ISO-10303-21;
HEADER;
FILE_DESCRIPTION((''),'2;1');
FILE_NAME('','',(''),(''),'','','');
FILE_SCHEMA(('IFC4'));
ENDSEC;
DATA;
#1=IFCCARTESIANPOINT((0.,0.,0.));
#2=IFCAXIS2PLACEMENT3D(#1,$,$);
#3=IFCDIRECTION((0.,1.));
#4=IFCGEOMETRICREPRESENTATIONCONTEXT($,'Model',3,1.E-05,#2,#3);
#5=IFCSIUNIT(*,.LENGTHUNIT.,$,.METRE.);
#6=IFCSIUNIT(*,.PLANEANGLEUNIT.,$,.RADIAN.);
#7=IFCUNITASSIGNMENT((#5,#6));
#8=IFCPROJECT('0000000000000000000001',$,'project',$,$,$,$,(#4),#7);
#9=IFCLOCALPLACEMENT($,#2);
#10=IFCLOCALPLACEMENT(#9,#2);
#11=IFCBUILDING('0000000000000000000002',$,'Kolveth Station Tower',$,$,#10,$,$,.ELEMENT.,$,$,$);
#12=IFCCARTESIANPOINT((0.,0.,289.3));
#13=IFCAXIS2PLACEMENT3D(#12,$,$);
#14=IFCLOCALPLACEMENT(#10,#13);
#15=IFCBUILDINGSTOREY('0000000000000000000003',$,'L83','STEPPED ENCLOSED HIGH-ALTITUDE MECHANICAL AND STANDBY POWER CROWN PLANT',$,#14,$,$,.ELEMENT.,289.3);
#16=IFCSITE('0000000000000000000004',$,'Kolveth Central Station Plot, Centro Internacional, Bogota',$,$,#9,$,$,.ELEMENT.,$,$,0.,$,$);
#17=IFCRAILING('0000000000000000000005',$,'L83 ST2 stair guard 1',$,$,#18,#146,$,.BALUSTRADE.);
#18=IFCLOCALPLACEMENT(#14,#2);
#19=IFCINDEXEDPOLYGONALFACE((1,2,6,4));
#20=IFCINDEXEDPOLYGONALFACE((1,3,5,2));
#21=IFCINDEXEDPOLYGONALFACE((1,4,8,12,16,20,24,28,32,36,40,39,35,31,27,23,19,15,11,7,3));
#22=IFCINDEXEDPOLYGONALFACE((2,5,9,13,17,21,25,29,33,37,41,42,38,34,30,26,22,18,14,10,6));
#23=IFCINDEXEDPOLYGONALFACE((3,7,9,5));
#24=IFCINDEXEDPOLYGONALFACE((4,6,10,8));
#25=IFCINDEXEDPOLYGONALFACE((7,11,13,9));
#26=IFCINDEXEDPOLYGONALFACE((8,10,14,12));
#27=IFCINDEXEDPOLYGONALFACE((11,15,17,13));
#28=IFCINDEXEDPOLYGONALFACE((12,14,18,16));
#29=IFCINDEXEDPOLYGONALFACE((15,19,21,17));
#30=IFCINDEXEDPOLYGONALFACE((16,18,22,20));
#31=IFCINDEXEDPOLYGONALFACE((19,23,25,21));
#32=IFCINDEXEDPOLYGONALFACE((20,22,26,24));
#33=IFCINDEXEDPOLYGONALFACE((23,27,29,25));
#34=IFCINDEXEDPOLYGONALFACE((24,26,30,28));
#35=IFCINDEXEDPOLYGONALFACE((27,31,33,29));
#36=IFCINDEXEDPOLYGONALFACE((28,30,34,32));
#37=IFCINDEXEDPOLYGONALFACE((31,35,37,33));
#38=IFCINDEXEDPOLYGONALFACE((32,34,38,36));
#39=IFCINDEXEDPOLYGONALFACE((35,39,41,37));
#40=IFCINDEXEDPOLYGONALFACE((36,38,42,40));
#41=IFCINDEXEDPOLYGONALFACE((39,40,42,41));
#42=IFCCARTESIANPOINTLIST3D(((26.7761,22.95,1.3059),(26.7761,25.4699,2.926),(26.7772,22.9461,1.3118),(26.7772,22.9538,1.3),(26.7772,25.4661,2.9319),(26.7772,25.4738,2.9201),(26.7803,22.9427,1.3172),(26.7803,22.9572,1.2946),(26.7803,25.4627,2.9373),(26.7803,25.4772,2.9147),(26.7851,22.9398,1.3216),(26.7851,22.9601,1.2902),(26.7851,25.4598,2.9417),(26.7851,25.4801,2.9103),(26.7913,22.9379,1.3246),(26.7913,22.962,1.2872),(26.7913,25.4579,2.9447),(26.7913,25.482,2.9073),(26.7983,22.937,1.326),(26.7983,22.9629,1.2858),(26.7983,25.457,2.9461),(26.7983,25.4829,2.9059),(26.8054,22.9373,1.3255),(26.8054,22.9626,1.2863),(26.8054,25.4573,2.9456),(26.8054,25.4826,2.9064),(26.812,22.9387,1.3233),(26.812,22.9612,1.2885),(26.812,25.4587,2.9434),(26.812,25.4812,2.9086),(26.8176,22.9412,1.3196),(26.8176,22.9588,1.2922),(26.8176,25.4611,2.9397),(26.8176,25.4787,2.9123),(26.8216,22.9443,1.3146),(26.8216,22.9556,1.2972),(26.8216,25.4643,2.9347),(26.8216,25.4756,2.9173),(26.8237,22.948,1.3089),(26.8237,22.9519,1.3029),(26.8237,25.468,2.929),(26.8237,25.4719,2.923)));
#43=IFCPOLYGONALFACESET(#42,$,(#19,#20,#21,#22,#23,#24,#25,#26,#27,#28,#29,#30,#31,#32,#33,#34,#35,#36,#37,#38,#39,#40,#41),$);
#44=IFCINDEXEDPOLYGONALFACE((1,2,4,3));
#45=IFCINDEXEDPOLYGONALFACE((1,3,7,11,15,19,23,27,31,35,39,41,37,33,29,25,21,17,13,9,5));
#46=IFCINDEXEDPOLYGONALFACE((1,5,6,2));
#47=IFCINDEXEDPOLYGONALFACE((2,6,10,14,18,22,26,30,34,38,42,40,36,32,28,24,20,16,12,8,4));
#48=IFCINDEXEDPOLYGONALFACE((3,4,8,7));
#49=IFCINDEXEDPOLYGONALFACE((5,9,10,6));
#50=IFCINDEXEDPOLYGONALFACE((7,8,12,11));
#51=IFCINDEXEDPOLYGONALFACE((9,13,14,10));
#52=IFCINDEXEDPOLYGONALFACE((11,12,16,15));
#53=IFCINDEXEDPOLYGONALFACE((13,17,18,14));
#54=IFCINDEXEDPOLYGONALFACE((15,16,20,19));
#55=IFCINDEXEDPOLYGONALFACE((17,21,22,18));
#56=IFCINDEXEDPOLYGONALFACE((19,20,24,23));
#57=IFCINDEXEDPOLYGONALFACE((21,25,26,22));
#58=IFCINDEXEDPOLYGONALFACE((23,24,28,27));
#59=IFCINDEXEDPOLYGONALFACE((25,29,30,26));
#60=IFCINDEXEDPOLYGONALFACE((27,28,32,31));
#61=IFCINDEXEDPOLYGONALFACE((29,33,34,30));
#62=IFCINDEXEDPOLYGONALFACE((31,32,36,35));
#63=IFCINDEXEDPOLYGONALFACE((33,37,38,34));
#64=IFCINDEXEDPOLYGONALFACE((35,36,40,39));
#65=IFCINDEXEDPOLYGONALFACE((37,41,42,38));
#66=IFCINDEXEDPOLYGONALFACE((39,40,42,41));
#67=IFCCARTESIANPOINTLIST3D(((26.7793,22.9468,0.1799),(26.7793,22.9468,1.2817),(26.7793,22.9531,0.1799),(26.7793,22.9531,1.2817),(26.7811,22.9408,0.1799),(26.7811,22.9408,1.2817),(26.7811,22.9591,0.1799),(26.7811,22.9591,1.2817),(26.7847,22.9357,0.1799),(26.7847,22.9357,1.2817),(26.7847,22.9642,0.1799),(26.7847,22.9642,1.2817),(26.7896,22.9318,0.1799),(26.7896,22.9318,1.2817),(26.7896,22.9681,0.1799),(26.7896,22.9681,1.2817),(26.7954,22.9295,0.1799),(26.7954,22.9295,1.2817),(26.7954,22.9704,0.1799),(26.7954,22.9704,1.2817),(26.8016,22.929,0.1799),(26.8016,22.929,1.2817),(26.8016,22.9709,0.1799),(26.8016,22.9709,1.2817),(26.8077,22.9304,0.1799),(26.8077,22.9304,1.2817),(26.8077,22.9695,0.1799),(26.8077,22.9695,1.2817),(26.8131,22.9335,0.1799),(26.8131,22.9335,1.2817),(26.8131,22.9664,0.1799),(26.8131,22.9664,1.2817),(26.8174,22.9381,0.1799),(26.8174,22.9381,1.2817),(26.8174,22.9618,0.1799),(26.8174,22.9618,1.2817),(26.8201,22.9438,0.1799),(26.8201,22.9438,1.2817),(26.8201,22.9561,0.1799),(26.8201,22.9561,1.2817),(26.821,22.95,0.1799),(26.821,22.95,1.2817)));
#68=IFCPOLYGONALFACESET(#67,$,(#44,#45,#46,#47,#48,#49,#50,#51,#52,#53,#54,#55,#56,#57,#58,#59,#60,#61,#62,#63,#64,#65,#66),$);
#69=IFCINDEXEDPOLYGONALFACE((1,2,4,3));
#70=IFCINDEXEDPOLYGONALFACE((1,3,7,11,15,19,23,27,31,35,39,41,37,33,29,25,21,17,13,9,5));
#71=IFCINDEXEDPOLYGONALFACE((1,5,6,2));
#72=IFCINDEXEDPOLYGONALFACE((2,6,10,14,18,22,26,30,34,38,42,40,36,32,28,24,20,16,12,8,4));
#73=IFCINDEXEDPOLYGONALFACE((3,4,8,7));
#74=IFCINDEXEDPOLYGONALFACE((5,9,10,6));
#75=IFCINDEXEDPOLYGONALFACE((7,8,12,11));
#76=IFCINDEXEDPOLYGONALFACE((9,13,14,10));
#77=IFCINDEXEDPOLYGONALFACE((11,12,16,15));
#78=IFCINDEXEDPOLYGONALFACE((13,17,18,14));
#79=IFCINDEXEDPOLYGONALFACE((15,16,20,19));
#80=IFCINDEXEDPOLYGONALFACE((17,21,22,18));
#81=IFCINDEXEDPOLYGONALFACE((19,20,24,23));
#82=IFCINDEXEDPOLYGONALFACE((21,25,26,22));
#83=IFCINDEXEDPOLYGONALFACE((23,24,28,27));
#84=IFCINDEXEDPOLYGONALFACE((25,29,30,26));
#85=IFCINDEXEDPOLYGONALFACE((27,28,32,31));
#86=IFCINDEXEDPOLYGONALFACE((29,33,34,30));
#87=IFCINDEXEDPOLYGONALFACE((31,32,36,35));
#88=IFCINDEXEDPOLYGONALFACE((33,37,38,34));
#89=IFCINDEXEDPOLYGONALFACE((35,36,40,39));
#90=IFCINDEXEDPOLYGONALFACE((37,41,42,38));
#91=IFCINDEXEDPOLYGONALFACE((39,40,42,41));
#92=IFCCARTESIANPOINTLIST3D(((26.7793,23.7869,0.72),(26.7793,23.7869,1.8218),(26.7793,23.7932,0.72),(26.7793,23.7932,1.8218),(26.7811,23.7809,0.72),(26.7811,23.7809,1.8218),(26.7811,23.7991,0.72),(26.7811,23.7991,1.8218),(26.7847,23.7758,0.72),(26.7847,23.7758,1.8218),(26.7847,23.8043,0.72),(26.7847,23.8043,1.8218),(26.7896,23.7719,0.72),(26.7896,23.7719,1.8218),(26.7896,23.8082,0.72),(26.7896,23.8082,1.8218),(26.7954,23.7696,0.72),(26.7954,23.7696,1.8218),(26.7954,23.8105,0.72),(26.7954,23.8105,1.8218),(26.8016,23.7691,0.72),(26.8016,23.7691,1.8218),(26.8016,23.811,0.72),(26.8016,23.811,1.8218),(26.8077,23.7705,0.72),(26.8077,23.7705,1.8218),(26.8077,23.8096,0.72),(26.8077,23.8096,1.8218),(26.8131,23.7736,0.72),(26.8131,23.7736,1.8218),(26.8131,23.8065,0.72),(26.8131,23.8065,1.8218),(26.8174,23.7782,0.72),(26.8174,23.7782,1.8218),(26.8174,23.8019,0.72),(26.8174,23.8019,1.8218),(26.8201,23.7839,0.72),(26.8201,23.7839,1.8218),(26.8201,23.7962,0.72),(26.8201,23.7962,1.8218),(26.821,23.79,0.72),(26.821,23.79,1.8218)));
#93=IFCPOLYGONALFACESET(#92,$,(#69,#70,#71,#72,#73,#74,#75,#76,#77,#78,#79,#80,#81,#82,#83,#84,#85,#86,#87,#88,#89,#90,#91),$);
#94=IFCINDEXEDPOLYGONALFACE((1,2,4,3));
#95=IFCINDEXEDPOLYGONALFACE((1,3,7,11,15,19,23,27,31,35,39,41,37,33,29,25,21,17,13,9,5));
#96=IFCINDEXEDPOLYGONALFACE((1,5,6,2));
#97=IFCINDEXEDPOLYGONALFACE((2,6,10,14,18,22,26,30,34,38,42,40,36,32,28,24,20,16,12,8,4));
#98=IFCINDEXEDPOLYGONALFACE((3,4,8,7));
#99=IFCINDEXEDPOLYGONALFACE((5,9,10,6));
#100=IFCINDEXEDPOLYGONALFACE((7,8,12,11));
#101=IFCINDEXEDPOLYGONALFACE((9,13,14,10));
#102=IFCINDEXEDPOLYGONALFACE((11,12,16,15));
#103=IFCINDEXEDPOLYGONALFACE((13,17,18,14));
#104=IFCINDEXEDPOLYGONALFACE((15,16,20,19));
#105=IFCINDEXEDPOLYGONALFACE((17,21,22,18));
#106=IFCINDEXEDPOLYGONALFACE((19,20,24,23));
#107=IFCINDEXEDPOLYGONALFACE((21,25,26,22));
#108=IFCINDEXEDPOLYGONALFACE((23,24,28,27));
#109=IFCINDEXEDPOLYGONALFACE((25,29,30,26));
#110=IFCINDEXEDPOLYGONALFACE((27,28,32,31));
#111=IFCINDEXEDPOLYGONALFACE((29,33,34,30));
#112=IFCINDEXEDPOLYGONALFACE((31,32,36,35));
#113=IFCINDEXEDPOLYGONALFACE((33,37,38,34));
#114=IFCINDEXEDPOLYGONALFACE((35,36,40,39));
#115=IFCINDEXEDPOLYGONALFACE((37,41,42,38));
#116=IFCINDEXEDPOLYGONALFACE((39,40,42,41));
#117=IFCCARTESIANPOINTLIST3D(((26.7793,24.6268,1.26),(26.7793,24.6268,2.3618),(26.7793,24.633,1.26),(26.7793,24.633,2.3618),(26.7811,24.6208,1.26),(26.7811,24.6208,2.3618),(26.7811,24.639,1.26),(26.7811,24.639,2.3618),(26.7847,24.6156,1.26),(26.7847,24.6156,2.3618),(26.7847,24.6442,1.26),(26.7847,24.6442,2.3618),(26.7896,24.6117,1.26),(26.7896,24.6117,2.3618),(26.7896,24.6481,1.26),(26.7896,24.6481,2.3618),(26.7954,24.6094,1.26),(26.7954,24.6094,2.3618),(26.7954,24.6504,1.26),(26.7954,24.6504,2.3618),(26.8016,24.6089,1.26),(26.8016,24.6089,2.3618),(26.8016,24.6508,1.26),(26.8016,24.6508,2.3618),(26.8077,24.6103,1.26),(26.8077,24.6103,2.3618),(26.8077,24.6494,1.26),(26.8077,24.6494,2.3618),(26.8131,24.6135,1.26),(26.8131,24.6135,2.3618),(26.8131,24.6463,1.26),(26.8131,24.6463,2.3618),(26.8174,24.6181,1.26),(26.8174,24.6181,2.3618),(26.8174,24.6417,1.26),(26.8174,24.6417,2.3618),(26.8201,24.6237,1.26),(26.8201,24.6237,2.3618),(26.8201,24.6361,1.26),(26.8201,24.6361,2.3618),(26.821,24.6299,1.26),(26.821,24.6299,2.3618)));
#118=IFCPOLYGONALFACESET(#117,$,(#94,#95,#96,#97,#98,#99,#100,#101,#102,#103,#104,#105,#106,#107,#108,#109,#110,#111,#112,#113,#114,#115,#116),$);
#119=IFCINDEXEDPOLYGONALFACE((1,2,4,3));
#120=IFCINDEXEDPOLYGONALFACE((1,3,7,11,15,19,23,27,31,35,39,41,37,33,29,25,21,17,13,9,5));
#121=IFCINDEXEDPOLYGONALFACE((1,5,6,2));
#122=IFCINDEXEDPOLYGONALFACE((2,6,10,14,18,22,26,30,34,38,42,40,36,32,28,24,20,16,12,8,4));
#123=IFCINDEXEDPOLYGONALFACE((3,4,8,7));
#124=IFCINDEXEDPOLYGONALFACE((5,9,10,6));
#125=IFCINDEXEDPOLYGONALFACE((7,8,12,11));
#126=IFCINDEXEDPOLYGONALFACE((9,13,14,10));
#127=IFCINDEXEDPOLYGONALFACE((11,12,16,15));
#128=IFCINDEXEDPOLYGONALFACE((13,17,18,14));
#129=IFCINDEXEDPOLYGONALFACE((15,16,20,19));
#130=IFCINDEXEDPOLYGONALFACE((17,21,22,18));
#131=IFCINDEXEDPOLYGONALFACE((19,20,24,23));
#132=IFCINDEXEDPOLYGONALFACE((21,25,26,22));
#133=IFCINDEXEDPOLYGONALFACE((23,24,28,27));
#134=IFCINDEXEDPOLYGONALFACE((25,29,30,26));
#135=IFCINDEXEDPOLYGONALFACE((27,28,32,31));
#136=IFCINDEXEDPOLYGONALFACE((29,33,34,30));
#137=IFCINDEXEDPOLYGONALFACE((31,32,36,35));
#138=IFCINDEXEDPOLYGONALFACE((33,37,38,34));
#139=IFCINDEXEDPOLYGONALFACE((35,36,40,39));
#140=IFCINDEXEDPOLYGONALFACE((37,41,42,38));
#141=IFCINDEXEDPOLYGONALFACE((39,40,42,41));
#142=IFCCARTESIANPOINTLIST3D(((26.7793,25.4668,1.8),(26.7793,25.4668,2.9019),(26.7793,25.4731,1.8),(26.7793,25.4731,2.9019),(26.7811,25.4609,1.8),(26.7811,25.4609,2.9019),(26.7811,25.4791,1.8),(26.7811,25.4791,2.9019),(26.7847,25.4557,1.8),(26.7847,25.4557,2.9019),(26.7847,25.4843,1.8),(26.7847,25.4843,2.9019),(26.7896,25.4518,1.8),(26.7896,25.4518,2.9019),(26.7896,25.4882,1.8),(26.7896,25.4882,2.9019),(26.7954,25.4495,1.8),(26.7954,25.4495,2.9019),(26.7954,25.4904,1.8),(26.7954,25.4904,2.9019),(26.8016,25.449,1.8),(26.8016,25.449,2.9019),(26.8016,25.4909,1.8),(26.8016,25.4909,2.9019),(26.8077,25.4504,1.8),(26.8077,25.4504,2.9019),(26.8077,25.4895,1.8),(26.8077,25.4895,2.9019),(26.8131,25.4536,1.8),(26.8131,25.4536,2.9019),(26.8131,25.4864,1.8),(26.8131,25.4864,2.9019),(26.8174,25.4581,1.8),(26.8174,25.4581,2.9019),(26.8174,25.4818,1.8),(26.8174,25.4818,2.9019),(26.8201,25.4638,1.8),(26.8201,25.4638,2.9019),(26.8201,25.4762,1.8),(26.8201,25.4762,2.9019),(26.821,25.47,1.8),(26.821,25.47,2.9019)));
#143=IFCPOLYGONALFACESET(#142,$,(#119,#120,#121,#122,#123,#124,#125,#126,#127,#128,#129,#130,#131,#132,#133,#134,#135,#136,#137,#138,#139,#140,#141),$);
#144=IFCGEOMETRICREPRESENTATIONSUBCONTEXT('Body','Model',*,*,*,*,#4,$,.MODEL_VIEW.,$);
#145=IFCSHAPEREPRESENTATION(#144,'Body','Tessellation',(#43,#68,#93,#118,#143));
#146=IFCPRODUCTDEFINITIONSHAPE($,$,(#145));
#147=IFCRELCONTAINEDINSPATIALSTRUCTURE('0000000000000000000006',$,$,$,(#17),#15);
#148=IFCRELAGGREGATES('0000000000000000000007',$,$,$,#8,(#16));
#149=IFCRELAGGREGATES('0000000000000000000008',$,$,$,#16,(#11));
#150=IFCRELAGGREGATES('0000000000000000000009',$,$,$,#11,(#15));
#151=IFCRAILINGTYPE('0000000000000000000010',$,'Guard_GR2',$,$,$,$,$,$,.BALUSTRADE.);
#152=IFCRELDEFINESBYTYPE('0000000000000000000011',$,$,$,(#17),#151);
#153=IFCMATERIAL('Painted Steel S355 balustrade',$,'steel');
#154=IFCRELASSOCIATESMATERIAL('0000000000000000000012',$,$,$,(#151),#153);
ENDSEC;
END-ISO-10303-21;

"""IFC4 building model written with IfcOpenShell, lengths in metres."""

from ifc_helpers import new_model, si_unit, direction, frame, origin, origin_2d, place, context, subcontext, project, spatial, circle, extrude, material, type_object, element, save


model = new_model("IFC4")

# Units and contexts
model_context = context("Model", 3, precision=1e-05, world=origin(), true_north=direction((0.0, 1.0)))
body_context = subcontext(model_context, "Body", "Model", "MODEL_VIEW")
ifc_project = project(units=[si_unit("LENGTHUNIT", "METRE"), si_unit("PLANEANGLEUNIT", "RADIAN")], contexts=[model_context])

# Site, building, storey
site_placement = place(None, origin())
site = spatial("IfcSite", under=ifc_project, at=site_placement, Name="Kolveth Central Station Plot, Centro Internacional, Bogota", CompositionType="ELEMENT", RefElevation=0.0)
building_placement = place(site_placement, origin())
building = spatial("IfcBuilding", under=site, at=building_placement, Name="Kolveth Station Tower", CompositionType="ELEMENT")
storey_placement = place(building_placement, frame((0.0, 0.0, 289.3)))
storey = spatial("IfcBuildingStorey", under=building, at=storey_placement, Name="L83", Description="STEPPED ENCLOSED HIGH-ALTITUDE MECHANICAL AND STANDBY POWER CROWN PLANT", CompositionType="ELEMENT", Elevation=289.3)

# Railing
ifc_material_1 = material(Name="Painted Steel S355 balustrade", Category="steel")
railing_type_1 = type_object("IfcRailingType", Name="Guard_GR2", PredefinedType="BALUSTRADE", material=ifc_material_1)
railing_1_placement = place(storey_placement, frame((26.8, 22.95, 0.1799)))
element("IfcRailing", 1, at=railing_1_placement, inside=storey, type_object=railing_type_1, Name="L83 ST2 stair guard 1", PredefinedType="BALUSTRADE", context=body_context, shape_type="SweptSolid", body=[
    extrude(circle(Radius=0.0239, at=origin_2d()), frame((0.0, 0.0, 1.126), z_axis=(0.0, 0.841163, 0.540782), x_axis=(-1.0, 0.0, 0.0)), (0.0, 0.0, 1.0), 2.9958),
    extrude(circle(Radius=0.021, at=origin_2d()), origin(), (0.0, 0.0, 1.0), 1.1018),
    extrude(circle(Radius=0.021, at=origin_2d()), frame((0.0, 0.8401, 0.54)), (0.0, 0.0, 1.0), 1.1018),
    extrude(circle(Radius=0.021, at=origin_2d()), frame((0.0, 1.6799, 1.0801)), (0.0, 0.0, 1.0), 1.1018),
    extrude(circle(Radius=0.021, at=origin_2d()), frame((0.0, 2.52, 1.6201)), (0.0, 0.0, 1.0), 1.1018),
])

save(model, "model.ifc")
